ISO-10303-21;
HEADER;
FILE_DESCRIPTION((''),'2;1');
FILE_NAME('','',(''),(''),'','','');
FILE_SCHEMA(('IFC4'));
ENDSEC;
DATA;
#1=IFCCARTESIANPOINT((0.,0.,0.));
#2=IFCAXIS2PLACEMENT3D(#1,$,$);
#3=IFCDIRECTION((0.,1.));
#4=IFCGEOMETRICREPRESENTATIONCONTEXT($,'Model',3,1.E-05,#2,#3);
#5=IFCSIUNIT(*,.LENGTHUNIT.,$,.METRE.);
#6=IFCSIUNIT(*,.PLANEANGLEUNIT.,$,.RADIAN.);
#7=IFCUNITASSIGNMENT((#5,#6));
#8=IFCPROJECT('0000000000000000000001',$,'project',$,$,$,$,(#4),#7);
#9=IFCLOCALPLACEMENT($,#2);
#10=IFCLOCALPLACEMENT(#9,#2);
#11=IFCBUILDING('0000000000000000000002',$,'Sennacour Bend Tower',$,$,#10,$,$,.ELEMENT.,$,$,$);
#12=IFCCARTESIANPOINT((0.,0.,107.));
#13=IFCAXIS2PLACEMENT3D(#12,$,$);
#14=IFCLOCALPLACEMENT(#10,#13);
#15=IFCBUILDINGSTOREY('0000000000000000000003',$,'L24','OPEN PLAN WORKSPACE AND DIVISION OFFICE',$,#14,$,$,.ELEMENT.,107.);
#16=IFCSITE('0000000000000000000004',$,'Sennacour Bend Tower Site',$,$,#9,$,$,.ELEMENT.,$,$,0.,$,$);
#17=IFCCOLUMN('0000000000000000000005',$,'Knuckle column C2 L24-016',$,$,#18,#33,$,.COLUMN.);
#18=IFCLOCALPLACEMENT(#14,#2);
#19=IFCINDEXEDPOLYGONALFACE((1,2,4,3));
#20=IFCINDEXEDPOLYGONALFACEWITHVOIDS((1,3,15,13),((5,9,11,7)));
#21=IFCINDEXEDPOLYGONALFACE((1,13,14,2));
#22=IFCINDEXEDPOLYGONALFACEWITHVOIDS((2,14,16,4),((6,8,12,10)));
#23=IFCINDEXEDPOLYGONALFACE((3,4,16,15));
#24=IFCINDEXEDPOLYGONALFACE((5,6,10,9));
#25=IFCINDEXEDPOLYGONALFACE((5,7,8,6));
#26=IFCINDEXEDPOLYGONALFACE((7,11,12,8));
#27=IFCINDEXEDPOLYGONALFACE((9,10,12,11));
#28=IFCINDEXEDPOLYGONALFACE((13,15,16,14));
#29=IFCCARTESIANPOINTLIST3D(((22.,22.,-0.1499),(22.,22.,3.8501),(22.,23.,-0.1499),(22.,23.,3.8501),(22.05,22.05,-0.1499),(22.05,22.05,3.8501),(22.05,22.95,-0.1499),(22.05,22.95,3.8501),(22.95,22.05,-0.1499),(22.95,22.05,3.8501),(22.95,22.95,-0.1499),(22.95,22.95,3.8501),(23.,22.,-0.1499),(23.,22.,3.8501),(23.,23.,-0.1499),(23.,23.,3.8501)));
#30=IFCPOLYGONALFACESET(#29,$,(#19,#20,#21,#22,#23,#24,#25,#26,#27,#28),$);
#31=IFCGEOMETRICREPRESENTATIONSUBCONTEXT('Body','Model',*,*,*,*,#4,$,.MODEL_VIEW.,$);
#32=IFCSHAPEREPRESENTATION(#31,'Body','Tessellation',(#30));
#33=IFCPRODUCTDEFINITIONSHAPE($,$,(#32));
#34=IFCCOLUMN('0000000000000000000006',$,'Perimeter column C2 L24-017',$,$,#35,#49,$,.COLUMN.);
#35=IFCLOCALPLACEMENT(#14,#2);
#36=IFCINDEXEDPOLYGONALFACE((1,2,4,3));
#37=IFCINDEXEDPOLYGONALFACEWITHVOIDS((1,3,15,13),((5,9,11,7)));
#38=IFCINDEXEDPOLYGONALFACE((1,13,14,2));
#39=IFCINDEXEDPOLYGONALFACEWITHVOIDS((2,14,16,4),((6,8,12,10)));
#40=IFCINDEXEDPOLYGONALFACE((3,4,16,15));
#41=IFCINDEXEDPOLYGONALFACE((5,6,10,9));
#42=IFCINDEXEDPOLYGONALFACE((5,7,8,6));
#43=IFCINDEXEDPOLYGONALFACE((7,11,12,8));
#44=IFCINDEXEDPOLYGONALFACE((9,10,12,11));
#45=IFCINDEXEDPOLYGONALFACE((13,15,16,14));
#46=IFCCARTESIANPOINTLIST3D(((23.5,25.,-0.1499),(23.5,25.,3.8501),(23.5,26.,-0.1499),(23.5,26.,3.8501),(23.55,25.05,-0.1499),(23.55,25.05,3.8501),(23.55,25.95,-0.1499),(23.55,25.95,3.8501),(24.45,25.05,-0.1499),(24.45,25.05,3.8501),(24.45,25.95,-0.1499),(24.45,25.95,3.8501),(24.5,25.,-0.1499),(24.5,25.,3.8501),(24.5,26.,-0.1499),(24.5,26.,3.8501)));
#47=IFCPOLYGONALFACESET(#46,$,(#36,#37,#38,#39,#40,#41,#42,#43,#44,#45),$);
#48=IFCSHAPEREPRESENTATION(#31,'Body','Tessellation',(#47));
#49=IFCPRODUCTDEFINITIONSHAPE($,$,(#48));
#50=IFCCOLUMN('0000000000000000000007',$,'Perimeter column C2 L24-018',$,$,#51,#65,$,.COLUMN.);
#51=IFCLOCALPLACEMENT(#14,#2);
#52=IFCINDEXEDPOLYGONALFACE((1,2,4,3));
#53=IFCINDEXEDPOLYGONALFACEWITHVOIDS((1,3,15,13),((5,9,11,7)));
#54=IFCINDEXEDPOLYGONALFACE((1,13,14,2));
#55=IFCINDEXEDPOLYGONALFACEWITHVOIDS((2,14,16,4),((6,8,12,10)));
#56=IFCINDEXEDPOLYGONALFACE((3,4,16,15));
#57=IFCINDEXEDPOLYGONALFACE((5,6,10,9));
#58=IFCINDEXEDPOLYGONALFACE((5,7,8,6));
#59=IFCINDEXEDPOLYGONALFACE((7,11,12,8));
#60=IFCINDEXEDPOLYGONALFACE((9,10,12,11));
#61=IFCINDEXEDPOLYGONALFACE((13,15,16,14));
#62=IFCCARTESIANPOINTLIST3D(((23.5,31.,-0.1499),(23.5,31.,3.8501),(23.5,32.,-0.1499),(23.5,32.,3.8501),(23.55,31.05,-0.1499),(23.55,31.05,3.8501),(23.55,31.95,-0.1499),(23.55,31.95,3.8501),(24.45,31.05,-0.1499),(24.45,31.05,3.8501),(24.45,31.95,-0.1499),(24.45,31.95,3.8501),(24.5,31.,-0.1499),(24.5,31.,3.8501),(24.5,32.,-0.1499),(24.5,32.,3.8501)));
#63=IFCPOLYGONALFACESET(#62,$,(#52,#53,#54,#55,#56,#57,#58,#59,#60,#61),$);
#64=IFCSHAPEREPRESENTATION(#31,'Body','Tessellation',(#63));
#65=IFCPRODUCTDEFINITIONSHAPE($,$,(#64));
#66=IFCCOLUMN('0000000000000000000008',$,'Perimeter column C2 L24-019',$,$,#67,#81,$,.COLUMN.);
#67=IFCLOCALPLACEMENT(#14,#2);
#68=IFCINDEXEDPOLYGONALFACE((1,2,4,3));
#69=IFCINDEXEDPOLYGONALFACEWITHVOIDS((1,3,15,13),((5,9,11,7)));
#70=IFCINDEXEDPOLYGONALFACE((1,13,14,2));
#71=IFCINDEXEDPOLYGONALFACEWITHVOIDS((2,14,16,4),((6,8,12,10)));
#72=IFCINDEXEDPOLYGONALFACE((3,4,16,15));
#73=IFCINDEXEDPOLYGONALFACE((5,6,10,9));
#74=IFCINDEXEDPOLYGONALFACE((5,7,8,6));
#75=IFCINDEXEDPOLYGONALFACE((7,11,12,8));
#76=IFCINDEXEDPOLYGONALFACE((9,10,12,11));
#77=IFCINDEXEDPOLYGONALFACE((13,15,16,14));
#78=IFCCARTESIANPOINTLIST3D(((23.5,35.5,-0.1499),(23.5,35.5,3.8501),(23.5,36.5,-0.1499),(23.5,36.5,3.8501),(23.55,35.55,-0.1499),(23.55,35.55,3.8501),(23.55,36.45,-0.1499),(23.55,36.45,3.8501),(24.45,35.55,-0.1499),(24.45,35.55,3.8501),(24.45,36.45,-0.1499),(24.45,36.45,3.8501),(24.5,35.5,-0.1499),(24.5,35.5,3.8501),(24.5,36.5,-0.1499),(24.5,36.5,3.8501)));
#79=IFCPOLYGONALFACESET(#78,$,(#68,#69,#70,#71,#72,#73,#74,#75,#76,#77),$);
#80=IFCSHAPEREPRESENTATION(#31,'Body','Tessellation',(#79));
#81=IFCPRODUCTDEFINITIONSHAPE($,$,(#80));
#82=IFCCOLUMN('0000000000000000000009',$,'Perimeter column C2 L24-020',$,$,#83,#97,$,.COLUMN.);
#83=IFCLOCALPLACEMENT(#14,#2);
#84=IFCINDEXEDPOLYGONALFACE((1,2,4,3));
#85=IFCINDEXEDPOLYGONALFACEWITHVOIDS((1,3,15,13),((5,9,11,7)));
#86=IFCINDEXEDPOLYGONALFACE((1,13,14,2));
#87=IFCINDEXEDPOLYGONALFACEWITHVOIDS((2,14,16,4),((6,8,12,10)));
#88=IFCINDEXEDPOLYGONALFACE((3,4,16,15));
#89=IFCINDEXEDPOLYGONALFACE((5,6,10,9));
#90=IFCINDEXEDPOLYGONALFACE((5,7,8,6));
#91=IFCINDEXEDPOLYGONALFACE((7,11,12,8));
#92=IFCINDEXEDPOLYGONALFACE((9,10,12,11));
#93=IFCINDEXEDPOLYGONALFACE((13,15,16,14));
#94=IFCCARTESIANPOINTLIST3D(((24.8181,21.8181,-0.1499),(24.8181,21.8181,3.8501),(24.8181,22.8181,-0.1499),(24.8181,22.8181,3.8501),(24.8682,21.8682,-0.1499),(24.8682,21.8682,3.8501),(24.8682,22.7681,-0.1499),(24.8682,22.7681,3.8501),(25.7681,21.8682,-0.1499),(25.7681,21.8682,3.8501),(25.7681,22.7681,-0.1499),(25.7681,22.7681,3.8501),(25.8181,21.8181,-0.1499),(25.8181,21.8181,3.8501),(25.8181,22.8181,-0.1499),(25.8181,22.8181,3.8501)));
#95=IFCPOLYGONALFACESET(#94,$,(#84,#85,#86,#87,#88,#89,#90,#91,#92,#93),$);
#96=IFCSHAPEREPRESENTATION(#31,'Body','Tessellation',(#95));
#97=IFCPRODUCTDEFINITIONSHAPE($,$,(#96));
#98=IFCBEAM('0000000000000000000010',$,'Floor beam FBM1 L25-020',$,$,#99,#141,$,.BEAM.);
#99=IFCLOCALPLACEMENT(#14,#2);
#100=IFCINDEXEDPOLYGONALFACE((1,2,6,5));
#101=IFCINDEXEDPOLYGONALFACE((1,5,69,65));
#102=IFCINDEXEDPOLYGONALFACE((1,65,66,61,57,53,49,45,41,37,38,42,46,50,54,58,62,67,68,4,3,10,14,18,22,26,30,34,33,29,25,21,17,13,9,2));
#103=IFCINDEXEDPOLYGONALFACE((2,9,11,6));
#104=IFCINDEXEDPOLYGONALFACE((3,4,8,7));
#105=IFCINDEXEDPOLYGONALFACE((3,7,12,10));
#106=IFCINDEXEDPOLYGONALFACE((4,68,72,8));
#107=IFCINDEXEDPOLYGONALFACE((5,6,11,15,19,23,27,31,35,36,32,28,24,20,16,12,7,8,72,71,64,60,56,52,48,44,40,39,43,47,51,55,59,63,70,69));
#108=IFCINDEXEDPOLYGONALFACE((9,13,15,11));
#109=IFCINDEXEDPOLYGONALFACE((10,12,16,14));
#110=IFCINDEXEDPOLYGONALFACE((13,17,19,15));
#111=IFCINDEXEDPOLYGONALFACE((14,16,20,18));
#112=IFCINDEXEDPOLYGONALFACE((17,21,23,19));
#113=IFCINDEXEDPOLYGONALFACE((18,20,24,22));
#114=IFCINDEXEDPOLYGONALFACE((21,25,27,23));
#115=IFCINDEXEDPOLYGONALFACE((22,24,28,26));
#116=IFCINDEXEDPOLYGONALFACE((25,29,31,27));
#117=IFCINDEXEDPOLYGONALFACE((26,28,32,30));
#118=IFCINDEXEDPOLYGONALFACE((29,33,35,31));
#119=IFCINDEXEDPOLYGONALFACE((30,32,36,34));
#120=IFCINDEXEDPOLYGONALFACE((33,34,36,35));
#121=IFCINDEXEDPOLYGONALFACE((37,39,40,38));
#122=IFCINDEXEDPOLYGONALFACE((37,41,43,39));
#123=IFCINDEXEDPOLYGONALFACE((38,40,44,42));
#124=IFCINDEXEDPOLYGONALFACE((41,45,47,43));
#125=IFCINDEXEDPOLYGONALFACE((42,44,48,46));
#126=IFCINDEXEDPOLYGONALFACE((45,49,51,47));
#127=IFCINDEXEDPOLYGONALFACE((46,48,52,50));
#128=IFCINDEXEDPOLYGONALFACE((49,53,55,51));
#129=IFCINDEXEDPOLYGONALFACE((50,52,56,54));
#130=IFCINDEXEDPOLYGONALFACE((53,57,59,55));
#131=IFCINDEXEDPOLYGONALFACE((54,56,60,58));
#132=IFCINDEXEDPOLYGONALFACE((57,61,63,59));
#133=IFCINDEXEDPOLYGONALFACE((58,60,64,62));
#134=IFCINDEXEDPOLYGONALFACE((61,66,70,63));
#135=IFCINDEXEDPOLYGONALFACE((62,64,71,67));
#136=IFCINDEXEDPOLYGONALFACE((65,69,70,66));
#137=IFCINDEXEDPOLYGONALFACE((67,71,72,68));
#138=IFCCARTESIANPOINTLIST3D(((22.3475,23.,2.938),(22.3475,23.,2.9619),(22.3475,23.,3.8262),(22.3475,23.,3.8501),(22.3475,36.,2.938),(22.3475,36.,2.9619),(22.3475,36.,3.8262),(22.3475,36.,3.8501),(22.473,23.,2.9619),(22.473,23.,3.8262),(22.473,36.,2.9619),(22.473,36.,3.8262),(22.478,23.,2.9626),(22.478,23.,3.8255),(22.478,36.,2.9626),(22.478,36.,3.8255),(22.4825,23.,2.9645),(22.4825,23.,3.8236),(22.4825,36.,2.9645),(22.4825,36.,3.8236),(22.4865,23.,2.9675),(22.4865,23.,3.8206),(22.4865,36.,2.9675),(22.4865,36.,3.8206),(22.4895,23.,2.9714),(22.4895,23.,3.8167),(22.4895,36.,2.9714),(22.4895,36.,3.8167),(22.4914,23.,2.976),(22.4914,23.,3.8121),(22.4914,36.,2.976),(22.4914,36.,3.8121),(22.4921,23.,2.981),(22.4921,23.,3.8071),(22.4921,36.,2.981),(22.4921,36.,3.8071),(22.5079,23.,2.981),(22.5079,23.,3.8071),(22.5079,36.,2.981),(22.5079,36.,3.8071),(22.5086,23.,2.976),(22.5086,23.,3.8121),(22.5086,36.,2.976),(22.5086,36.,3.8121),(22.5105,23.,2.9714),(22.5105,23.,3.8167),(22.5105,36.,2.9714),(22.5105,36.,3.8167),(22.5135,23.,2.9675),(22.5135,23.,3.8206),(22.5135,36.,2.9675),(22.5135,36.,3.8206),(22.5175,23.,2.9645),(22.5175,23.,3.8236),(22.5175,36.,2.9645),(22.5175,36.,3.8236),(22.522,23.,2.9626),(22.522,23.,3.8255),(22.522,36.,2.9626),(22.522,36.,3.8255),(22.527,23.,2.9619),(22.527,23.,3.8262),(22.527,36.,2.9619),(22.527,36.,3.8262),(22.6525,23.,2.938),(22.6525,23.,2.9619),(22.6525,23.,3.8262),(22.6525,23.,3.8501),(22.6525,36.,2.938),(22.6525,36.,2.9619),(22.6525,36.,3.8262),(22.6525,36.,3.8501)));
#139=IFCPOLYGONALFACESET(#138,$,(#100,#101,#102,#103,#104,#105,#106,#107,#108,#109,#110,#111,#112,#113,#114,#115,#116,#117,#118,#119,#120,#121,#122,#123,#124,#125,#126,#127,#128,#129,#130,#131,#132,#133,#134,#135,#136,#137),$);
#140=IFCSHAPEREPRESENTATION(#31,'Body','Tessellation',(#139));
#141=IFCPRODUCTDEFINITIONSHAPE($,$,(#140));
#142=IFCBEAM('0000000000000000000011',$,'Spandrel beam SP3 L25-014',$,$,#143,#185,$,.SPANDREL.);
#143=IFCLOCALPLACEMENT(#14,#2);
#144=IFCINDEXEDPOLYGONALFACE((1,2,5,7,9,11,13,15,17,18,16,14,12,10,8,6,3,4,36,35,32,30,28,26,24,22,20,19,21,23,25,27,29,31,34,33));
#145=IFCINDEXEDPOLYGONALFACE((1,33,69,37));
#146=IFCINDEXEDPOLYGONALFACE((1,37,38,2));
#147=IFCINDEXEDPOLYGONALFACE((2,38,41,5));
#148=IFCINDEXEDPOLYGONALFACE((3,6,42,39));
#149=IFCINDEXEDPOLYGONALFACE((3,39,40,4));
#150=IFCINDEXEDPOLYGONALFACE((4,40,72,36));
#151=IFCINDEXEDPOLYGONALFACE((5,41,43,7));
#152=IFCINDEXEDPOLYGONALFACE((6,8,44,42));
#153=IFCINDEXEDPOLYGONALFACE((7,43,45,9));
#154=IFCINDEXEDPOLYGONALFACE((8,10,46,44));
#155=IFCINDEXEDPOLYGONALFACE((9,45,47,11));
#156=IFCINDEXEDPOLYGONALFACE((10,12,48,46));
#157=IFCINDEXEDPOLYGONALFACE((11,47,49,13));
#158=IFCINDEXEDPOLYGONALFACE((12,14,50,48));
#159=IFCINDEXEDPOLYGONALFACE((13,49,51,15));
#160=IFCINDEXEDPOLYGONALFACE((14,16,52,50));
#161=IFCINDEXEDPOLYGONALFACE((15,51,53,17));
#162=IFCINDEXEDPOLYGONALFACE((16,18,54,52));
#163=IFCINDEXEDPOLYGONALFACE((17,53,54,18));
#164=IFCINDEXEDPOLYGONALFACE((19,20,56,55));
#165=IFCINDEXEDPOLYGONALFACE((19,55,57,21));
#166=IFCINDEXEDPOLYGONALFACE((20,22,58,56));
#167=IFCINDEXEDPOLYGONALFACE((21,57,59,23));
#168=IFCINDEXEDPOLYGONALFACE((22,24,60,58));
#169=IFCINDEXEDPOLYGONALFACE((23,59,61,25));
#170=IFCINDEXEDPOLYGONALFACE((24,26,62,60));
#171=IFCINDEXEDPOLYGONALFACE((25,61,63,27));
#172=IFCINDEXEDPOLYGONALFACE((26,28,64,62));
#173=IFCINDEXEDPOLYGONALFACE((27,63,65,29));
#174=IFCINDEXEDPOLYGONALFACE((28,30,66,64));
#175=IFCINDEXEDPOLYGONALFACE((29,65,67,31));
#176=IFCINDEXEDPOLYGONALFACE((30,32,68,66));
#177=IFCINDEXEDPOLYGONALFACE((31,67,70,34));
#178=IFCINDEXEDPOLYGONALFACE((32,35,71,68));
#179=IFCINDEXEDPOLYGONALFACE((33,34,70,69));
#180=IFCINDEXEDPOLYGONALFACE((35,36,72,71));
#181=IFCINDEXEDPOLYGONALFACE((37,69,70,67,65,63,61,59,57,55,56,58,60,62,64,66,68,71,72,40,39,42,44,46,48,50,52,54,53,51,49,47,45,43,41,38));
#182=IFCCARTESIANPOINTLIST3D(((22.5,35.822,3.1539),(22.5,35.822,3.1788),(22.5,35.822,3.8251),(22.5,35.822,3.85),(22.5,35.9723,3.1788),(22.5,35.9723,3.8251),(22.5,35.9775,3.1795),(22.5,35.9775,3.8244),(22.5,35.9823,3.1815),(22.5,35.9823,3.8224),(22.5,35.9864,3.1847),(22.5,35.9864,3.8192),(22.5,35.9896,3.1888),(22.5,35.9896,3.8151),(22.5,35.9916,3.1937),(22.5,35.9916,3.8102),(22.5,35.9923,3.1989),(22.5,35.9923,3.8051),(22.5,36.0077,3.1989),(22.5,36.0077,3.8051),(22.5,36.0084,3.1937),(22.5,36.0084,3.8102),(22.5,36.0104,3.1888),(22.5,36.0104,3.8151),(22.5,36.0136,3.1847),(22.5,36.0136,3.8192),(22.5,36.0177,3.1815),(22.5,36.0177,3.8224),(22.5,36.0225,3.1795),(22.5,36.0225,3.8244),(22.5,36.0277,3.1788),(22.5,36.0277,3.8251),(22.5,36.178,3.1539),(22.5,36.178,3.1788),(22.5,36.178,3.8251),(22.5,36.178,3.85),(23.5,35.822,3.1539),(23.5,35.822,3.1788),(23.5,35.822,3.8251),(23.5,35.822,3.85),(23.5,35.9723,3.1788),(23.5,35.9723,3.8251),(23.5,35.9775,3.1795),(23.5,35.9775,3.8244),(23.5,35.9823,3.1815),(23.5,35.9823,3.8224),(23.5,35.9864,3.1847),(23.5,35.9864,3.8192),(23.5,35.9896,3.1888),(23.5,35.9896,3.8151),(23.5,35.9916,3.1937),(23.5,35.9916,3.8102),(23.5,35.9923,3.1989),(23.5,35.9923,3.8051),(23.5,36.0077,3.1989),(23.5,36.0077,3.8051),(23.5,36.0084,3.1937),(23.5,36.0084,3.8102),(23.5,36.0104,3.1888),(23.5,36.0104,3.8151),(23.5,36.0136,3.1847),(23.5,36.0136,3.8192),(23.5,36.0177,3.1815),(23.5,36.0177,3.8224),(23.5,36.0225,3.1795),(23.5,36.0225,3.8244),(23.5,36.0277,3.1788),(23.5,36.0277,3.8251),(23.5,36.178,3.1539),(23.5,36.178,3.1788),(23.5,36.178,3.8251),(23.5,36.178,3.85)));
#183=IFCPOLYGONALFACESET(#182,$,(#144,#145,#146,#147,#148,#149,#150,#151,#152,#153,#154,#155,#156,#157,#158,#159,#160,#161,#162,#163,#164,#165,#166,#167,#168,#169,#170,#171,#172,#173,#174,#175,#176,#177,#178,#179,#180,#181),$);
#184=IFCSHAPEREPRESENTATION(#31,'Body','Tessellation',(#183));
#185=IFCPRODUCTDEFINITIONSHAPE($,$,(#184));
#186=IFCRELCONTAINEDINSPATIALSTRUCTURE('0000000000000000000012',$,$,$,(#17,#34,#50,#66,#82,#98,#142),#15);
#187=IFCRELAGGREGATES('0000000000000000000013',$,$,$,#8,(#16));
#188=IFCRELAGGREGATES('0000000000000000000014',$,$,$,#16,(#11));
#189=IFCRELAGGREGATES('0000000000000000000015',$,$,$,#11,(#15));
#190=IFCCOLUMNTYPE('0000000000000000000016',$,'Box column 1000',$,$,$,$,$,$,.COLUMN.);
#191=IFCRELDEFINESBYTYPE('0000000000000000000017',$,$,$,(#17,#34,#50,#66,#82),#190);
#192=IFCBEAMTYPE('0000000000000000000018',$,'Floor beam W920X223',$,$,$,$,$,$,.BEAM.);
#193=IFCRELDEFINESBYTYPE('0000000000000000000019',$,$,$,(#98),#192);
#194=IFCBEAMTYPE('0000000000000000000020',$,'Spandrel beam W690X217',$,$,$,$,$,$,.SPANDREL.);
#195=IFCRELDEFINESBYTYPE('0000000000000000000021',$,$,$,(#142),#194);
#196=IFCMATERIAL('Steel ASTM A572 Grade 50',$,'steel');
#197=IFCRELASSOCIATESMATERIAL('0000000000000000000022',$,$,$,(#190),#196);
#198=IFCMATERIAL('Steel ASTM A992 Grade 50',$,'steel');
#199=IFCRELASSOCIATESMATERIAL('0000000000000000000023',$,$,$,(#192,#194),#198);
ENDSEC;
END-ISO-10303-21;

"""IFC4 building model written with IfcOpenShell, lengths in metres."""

from ifc_helpers import new_model, si_unit, direction, frame, origin, origin_2d, place, context, subcontext, project, spatial, hollow_rectangle, i_section, extrude, material, material_profile, profile_set, type_object, element, save


model = new_model("IFC4")

# Units and contexts
model_context = context("Model", 3, precision=1e-05, world=origin(), true_north=direction((0.0, 1.0)))
body_context = subcontext(model_context, "Body", "Model", "MODEL_VIEW")
ifc_project = project(units=[si_unit("LENGTHUNIT", "METRE"), si_unit("PLANEANGLEUNIT", "RADIAN")], contexts=[model_context])

# Site, building, storey
site_placement = place(None, origin())
site = spatial("IfcSite", under=ifc_project, at=site_placement, Name="Sennacour Bend Tower Site", CompositionType="ELEMENT", RefElevation=0.0)
building_placement = place(site_placement, origin())
building = spatial("IfcBuilding", under=site, at=building_placement, Name="Sennacour Bend Tower", CompositionType="ELEMENT")
storey_placement = place(building_placement, frame((0.0, 0.0, 107.0)))
storey = spatial("IfcBuildingStorey", under=building, at=storey_placement, Name="L24", Description="OPEN PLAN WORKSPACE AND DIVISION OFFICE", CompositionType="ELEMENT", Elevation=107.0)

# Columns
ifc_material_1 = material(Name="Steel ASTM A572 Grade 50", Category="steel")
ifc_material_profile_1 = material_profile(ifc_material_1, hollow_rectangle(XDim=1.0, YDim=1.0, WallThickness=0.05, at=origin_2d()), Name="Steel ASTM A572 Grade 50", Category="steel")
ifc_profile_set_1 = profile_set([ifc_material_profile_1], Name="Steel ASTM A572 Grade 50")
column_type = type_object("IfcColumnType", Name="Box column 1000", PredefinedType="COLUMN", material=ifc_profile_set_1)
for number, where, z_axis, x_axis, name in (
    (1, (22.5, 22.5, -0.1499), (0.0, 0.0, 1.0), (1.0, 0.0, 0.0), "Knuckle column C2 L24-016"),
    (2, (24.0, 25.5, -0.1499), (0.0, 0.0, 1.0), (1.0, 0.0, 0.0), "Perimeter column C2 L24-017"),
    (3, (24.0, 31.5, -0.1499), (0.0, 0.0, 1.0), (1.0, 0.0, 0.0), "Perimeter column C2 L24-018"),
    (4, (24.0, 36.0, -0.1499), (0.0, 0.0, 1.0), (1.0, 0.0, 0.0), "Perimeter column C2 L24-019"),
    (5, (25.3181, 22.3181, -0.1499), (0.0, 0.0, 1.0), (1.0, 0.0, 0.0), "Perimeter column C2 L24-020"),
):
    element("IfcColumn", number, at=place(storey_placement, frame(where, z_axis=z_axis, x_axis=x_axis)), inside=storey, type_object=column_type, Name=name, PredefinedType="COLUMN", context=body_context, shape_type="SweptSolid", body=[
        extrude(hollow_rectangle(XDim=1.0, YDim=1.0, WallThickness=0.05, at=origin_2d()), origin(), (0.0, 0.0, 1.0), 4.0),
    ])

# Beams
ifc_material_2 = material(Name="Steel ASTM A992 Grade 50", Category="steel")
ifc_material_profile_2 = material_profile(ifc_material_2, i_section(OverallWidth=0.3049, OverallDepth=0.9121, WebThickness=0.0159, FlangeThickness=0.0239, FilletRadius=0.019, at=origin_2d()), Name="Steel ASTM A992 Grade 50", Category="steel")
ifc_profile_set_2 = profile_set([ifc_material_profile_2], Name="Steel ASTM A992 Grade 50")
beam_type_1 = type_object("IfcBeamType", Name="Floor beam W920X223", PredefinedType="BEAM", material=ifc_profile_set_2)
beam_1_placement = place(storey_placement, frame((22.5, 23.0, 3.394), z_axis=(0.0, 1.0, 0.0), x_axis=(-1.0, 0.0, 0.0)))
element("IfcBeam", 6, at=beam_1_placement, inside=storey, type_object=beam_type_1, Name="Floor beam FBM1 L25-020", PredefinedType="BEAM", context=body_context, shape_type="SweptSolid", body=[
    extrude(i_section(OverallWidth=0.3049, OverallDepth=0.9121, WebThickness=0.0159, FlangeThickness=0.0239, FilletRadius=0.019, at=origin_2d()), origin(), (0.0, 0.0, 1.0), 13.0),
])
ifc_material_profile_3 = material_profile(ifc_material_2, i_section(OverallWidth=0.356, OverallDepth=0.696, WebThickness=0.0154, FlangeThickness=0.0249, FilletRadius=0.02, at=origin_2d()), Name="Steel ASTM A992 Grade 50", Category="steel")
ifc_profile_set_3 = profile_set([ifc_material_profile_3], Name="Steel ASTM A992 Grade 50")
beam_type_2 = type_object("IfcBeamType", Name="Spandrel beam W690X217", PredefinedType="SPANDREL", material=ifc_profile_set_3)
beam_2_placement = place(storey_placement, frame((22.5, 36.0, 3.502), z_axis=(1.0, 0.0, 0.0), x_axis=(0.0, 1.0, 0.0)))
element("IfcBeam", 7, at=beam_2_placement, inside=storey, type_object=beam_type_2, Name="Spandrel beam SP3 L25-014", PredefinedType="SPANDREL", context=body_context, shape_type="SweptSolid", body=[
    extrude(i_section(OverallWidth=0.356, OverallDepth=0.696, WebThickness=0.0154, FlangeThickness=0.0249, FilletRadius=0.02, at=origin_2d()), origin(), (0.0, 0.0, 1.0), 1.0),
])

save(model, "model.ifc")
